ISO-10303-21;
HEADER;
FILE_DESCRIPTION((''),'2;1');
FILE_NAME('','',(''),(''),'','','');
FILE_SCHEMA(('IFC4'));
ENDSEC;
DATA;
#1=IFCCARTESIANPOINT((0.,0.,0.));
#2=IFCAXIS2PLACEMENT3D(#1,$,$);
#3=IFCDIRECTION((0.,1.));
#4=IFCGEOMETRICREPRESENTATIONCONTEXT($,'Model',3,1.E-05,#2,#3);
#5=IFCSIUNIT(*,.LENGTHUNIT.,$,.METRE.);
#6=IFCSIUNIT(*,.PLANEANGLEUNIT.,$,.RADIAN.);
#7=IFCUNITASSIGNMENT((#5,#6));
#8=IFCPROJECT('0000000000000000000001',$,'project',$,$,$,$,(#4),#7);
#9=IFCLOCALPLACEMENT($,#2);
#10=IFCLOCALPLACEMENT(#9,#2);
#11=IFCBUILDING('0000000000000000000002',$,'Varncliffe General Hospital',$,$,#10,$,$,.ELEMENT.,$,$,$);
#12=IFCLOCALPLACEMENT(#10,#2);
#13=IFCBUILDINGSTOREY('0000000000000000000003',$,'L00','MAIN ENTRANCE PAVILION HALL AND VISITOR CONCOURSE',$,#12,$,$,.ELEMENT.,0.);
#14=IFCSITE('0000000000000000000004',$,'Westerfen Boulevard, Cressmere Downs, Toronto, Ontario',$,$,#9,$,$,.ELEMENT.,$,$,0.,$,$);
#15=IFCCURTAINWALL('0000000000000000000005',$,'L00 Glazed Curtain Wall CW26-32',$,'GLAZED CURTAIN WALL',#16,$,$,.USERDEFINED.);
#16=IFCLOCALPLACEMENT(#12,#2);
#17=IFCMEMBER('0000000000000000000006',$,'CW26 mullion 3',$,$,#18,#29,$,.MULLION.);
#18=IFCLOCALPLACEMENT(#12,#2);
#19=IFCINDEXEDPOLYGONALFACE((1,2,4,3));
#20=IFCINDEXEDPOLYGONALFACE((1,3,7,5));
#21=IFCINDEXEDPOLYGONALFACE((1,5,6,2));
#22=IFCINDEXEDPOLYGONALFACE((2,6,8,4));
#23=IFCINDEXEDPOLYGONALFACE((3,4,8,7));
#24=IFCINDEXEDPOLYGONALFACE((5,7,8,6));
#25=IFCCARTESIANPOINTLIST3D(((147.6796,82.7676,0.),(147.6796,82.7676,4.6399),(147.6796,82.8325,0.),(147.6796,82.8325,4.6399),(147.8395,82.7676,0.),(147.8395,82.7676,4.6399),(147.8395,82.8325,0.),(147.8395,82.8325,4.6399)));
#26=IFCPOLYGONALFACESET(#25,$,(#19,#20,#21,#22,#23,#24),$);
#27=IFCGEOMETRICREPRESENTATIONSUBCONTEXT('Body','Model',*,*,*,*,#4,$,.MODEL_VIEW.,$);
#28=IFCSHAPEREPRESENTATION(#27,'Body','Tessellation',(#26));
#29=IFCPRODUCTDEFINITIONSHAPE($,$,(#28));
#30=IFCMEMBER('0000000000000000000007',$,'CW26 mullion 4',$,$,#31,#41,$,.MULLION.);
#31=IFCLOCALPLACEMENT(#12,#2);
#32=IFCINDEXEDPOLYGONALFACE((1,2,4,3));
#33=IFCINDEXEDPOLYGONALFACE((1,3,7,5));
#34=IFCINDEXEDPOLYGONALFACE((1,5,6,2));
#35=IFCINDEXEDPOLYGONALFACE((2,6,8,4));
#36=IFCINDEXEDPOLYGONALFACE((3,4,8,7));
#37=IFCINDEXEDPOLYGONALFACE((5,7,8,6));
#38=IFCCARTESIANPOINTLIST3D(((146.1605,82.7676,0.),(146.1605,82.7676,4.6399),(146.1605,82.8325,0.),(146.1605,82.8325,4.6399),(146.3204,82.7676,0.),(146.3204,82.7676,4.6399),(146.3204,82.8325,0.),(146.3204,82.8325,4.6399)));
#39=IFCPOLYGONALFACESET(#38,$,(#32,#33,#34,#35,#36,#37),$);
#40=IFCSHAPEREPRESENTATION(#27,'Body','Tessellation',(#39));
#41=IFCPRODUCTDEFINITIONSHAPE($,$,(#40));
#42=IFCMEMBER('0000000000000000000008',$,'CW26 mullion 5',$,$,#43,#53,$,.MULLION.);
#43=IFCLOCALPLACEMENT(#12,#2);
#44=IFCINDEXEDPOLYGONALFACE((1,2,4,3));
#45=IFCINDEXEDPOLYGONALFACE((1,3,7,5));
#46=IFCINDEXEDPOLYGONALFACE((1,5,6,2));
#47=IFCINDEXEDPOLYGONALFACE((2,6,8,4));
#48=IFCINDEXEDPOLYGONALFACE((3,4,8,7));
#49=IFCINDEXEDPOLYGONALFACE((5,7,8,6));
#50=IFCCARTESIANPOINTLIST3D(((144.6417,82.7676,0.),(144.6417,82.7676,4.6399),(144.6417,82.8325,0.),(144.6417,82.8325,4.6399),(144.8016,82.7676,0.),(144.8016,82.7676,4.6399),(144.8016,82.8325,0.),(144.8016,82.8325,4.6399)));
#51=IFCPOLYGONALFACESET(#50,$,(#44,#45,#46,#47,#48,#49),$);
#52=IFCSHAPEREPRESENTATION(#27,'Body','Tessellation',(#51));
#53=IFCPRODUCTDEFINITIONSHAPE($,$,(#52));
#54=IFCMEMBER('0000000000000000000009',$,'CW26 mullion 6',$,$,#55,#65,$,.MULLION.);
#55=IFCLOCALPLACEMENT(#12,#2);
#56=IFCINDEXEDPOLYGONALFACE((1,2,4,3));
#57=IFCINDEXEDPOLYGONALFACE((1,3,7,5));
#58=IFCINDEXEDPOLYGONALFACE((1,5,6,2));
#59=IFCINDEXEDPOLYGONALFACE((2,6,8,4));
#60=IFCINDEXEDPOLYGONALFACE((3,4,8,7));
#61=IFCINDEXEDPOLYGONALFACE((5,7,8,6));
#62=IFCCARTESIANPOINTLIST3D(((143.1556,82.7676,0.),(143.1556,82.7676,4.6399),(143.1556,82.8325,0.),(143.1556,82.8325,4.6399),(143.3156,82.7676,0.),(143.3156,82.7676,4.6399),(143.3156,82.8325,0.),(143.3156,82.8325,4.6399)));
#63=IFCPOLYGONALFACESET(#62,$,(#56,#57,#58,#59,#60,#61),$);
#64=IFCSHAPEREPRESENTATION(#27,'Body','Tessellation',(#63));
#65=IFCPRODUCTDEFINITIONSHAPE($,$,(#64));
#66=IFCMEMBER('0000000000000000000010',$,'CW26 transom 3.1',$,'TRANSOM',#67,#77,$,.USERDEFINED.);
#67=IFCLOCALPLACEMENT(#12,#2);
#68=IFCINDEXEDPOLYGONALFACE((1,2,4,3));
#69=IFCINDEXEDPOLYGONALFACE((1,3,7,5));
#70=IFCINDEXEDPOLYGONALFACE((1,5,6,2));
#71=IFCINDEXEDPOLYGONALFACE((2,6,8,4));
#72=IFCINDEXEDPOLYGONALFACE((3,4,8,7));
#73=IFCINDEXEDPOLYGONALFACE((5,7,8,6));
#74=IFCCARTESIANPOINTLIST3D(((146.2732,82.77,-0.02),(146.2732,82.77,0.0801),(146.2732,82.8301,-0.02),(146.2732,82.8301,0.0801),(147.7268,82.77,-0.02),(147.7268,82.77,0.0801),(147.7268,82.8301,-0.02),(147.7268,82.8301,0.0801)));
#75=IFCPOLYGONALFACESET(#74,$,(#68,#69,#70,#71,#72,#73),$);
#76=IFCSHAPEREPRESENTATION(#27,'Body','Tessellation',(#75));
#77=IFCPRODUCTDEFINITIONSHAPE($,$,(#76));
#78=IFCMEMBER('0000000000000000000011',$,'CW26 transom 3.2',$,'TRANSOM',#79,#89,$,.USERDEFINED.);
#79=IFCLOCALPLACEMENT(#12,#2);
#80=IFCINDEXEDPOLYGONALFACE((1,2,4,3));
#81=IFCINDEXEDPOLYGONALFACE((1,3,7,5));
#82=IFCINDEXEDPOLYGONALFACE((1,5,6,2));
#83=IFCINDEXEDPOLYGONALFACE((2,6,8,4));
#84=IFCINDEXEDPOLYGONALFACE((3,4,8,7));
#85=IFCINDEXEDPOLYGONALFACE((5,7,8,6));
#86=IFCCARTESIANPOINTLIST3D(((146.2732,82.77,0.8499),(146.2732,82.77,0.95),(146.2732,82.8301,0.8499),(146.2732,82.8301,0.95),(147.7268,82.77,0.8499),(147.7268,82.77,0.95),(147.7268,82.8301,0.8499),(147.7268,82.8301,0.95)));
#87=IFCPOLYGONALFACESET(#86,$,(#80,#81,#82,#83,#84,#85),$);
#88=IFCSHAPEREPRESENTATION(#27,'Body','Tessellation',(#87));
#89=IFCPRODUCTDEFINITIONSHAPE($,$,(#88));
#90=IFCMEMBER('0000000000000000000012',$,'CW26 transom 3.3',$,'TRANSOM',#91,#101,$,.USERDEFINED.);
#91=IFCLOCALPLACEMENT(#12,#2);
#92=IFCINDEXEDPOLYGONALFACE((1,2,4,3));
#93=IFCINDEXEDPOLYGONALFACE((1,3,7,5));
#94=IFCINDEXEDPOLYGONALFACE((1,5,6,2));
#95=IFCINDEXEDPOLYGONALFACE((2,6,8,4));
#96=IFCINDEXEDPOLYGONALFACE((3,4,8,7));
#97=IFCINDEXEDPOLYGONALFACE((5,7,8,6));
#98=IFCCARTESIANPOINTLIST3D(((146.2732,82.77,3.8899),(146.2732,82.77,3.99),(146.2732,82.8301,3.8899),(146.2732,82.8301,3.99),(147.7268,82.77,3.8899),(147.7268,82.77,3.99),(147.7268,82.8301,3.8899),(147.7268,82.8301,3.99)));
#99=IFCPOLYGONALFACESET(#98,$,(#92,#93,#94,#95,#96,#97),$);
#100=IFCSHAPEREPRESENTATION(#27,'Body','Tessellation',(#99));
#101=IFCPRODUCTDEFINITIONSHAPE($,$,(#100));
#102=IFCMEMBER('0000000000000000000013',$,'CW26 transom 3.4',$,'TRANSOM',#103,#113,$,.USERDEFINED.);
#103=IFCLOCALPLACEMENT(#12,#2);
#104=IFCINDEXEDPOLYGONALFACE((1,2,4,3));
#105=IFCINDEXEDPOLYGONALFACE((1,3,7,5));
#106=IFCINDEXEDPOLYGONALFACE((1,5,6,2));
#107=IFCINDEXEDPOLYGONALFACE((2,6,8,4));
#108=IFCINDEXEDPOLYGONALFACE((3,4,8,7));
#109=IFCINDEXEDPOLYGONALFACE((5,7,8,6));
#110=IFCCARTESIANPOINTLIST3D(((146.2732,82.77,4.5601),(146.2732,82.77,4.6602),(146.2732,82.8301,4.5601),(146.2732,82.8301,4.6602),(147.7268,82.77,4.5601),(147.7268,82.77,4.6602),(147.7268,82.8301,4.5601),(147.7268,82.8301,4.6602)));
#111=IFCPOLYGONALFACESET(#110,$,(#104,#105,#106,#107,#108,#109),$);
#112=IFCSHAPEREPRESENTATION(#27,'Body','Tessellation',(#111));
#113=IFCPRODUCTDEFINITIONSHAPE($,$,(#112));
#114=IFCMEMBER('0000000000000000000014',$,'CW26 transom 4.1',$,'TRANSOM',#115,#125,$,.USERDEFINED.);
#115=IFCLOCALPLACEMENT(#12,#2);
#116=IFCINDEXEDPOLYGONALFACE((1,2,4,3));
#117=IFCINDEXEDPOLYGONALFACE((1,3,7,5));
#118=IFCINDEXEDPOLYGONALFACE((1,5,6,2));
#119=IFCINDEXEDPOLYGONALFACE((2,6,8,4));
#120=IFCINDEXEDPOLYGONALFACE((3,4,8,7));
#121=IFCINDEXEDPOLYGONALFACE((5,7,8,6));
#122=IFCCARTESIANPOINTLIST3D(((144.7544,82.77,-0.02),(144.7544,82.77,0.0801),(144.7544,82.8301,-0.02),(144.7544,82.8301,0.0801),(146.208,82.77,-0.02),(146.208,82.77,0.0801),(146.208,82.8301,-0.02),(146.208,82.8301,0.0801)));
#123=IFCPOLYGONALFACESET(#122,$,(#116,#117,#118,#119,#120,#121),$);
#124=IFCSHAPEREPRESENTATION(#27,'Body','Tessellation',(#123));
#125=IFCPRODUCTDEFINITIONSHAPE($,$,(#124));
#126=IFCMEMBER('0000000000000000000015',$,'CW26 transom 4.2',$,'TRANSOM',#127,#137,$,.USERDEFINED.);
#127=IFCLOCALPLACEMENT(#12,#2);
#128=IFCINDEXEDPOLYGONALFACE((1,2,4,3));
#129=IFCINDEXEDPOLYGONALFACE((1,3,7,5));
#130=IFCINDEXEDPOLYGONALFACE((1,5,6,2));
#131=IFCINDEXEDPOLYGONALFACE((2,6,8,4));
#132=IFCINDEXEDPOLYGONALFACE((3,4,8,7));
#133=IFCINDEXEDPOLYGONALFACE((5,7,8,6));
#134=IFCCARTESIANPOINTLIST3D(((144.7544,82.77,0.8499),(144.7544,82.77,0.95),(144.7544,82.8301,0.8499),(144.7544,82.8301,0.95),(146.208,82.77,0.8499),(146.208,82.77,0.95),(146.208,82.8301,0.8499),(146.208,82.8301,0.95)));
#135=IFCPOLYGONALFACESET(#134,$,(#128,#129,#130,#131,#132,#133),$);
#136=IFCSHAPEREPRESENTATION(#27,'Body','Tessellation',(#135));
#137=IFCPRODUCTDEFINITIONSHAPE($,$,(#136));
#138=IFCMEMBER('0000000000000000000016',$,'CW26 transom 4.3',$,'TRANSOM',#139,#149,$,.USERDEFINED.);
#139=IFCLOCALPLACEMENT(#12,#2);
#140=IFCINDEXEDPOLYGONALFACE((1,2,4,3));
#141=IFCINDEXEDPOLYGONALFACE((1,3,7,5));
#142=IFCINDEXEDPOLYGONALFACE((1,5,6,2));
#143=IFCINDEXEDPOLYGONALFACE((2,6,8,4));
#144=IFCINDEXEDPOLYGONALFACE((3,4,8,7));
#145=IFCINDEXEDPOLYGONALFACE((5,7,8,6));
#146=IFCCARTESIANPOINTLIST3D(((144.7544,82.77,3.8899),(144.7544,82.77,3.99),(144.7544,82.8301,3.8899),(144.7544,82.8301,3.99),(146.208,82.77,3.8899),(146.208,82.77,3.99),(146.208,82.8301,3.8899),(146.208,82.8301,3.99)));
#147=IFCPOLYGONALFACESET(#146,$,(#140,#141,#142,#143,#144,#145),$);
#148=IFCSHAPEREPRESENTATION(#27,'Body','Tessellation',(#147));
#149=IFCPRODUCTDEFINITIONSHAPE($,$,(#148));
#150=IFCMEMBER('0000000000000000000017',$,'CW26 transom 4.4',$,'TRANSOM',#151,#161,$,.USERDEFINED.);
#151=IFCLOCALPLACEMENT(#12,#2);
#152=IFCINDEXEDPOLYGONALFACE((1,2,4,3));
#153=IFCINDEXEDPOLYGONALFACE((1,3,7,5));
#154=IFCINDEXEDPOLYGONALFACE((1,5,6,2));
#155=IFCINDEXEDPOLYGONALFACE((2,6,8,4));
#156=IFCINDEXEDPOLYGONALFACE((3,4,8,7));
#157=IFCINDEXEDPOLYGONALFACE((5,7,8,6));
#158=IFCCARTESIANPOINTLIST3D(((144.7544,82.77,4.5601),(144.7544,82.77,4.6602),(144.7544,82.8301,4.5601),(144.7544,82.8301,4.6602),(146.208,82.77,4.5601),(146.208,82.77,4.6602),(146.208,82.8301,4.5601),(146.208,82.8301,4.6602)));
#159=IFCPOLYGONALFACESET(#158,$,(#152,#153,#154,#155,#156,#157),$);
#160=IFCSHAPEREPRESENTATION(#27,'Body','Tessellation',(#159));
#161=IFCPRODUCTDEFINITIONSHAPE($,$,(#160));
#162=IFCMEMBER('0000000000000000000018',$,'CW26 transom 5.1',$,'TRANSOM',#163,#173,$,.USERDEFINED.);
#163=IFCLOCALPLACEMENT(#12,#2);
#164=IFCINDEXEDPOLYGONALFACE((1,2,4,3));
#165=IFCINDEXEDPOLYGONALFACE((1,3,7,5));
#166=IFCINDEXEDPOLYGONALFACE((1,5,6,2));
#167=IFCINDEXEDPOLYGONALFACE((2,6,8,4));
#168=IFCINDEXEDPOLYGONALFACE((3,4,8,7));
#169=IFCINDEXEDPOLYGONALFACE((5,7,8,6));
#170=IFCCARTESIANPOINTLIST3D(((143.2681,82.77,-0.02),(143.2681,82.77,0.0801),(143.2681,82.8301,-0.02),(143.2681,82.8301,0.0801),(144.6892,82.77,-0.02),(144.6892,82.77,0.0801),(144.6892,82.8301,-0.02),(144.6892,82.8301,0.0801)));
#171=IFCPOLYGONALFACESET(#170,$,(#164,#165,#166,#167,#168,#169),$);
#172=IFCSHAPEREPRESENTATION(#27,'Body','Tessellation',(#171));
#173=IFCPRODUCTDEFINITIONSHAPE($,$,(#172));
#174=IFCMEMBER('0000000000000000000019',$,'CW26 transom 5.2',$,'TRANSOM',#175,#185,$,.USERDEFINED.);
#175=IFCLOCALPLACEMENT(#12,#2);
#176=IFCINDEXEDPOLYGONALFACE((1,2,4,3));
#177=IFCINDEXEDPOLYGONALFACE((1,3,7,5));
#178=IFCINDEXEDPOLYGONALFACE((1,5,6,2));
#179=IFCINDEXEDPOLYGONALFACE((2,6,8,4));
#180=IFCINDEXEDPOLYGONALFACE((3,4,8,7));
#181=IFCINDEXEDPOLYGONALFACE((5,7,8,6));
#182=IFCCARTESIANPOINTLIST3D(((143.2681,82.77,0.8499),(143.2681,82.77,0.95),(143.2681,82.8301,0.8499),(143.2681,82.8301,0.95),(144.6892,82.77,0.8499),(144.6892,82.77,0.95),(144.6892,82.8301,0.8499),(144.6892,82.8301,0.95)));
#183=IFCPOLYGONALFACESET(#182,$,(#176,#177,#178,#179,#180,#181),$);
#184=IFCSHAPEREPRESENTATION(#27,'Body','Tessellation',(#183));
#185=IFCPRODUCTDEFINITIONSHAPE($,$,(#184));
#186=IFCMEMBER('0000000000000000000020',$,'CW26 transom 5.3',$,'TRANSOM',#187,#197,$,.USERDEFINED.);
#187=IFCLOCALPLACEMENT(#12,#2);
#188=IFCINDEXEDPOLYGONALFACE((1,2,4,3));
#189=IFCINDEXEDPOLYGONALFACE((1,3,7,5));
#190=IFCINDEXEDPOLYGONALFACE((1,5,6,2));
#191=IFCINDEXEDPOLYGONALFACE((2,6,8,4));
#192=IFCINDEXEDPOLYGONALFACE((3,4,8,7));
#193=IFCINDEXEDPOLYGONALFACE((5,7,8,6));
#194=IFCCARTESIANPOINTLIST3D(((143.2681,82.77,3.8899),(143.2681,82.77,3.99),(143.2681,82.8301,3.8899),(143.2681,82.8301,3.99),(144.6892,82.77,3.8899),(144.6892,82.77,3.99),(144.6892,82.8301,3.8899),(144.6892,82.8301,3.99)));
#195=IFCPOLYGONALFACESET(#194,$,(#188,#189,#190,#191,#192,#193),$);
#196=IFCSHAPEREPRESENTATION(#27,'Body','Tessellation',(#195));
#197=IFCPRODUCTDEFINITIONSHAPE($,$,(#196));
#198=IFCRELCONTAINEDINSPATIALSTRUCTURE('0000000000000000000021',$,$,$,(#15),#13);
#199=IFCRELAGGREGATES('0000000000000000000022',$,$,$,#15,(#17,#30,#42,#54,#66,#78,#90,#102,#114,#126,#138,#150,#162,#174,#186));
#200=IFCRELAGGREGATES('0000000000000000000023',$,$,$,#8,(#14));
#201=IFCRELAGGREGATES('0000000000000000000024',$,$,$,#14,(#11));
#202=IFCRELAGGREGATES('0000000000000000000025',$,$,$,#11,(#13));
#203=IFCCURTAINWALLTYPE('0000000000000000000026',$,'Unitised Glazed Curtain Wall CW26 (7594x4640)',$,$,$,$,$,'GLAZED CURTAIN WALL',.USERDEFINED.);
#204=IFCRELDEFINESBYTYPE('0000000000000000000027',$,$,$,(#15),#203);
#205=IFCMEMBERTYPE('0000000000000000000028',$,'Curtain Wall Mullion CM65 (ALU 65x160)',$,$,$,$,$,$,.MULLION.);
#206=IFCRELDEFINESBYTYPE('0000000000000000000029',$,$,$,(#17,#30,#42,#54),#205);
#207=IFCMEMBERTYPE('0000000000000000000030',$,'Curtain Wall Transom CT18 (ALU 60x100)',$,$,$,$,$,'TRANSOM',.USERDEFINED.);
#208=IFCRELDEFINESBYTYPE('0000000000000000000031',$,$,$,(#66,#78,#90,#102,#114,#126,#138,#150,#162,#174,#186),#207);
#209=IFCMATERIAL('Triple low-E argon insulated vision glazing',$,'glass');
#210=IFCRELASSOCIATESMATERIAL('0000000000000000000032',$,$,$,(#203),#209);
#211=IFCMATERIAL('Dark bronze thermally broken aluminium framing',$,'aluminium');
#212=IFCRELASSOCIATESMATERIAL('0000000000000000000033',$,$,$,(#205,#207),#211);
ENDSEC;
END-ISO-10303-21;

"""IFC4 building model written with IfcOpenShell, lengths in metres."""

from ifc_helpers import new_model, si_unit, direction, frame, origin, origin_2d, place, context, subcontext, project, spatial, rectangle, extrude, material, material_profile, profile_set, type_object, element, aggregate, save


model = new_model("IFC4")

# Units and contexts
model_context = context("Model", 3, precision=1e-05, world=origin(), true_north=direction((0.0, 1.0)))
body_context = subcontext(model_context, "Body", "Model", "MODEL_VIEW")
ifc_project = project(units=[si_unit("LENGTHUNIT", "METRE"), si_unit("PLANEANGLEUNIT", "RADIAN")], contexts=[model_context])

# Site, building, storey
site_placement = place(None, origin())
site = spatial("IfcSite", under=ifc_project, at=site_placement, Name="Westerfen Boulevard, Cressmere Downs, Toronto, Ontario", CompositionType="ELEMENT", RefElevation=0.0)
building_placement = place(site_placement, origin())
building = spatial("IfcBuilding", under=site, at=building_placement, Name="Varncliffe General Hospital", CompositionType="ELEMENT")
storey_placement = place(building_placement, origin())
storey = spatial("IfcBuildingStorey", under=building, at=storey_placement, Name="L00", Description="MAIN ENTRANCE PAVILION HALL AND VISITOR CONCOURSE", CompositionType="ELEMENT", Elevation=0.0)

# Curtain wall, members
ifc_material_1 = material(Name="Triple low-E argon insulated vision glazing", Category="glass")
curtain_wall_type = type_object("IfcCurtainWallType", Name="Unitised Glazed Curtain Wall CW26 (7594x4640)", ElementType="GLAZED CURTAIN WALL", PredefinedType="USERDEFINED", material=ifc_material_1)
curtain_wall_placement = place(storey_placement, origin())
curtain_wall = element("IfcCurtainWall", 1, at=curtain_wall_placement, inside=storey, type_object=curtain_wall_type, Name="L00 Glazed Curtain Wall CW26-32", ObjectType="GLAZED CURTAIN WALL", PredefinedType="USERDEFINED")
ifc_material_2 = material(Name="Dark bronze thermally broken aluminium framing", Category="aluminium")
ifc_material_profile_1 = material_profile(ifc_material_2, rectangle(XDim=0.0649, YDim=0.1599, at=origin_2d()), Name="ALU 65x160")
ifc_profile_set_1 = profile_set([ifc_material_profile_1], Name="Dark bronze thermally broken aluminium framing")
member_type_1 = type_object("IfcMemberType", Name="Curtain Wall Mullion CM65 (ALU 65x160)", PredefinedType="MULLION", material=ifc_profile_set_1)
member_1_placement = place(storey_placement, frame((147.7595, 82.8, 0.0), z_axis=(0.0, 0.0, 1.0), x_axis=(0.0, -1.0, 0.0)))
member_1 = element("IfcMember", 2, at=member_1_placement, type_object=member_type_1, Name="CW26 mullion 3", PredefinedType="MULLION", context=body_context, shape_type="SweptSolid", body=[
    extrude(rectangle(XDim=0.0649, YDim=0.1599, at=origin_2d()), origin(), (0.0, 0.0, 1.0), 4.6399),
])
member_2_placement = place(storey_placement, frame((146.2405, 82.8, 0.0), z_axis=(0.0, 0.0, 1.0), x_axis=(0.0, -1.0, 0.0)))
member_2 = element("IfcMember", 3, at=member_2_placement, type_object=member_type_1, Name="CW26 mullion 4", PredefinedType="MULLION", context=body_context, shape_type="SweptSolid", body=[
    extrude(rectangle(XDim=0.0649, YDim=0.1599, at=origin_2d()), origin(), (0.0, 0.0, 1.0), 4.6399),
])
member_3_placement = place(storey_placement, frame((144.7217, 82.8, 0.0), z_axis=(0.0, 0.0, 1.0), x_axis=(0.0, -1.0, 0.0)))
member_3 = element("IfcMember", 4, at=member_3_placement, type_object=member_type_1, Name="CW26 mullion 5", PredefinedType="MULLION", context=body_context, shape_type="SweptSolid", body=[
    extrude(rectangle(XDim=0.0649, YDim=0.1599, at=origin_2d()), origin(), (0.0, 0.0, 1.0), 4.6399),
])
member_4_placement = place(storey_placement, frame((143.2356, 82.8, 0.0), z_axis=(0.0, 0.0, 1.0), x_axis=(0.0, -1.0, 0.0)))
member_4 = element("IfcMember", 5, at=member_4_placement, type_object=member_type_1, Name="CW26 mullion 6", PredefinedType="MULLION", context=body_context, shape_type="SweptSolid", body=[
    extrude(rectangle(XDim=0.0649, YDim=0.1599, at=origin_2d()), origin(), (0.0, 0.0, 1.0), 4.6399),
])
ifc_material_profile_2 = material_profile(ifc_material_2, rectangle(XDim=0.0601, YDim=0.1001, at=origin_2d()), Name="ALU 60x100")
ifc_profile_set_2 = profile_set([ifc_material_profile_2], Name="Dark bronze thermally broken aluminium framing")
member_type_2 = type_object("IfcMemberType", Name="Curtain Wall Transom CT18 (ALU 60x100)", ElementType="TRANSOM", PredefinedType="USERDEFINED", material=ifc_profile_set_2)
member_5_placement = place(storey_placement, frame((147.7268, 82.8, 0.03), z_axis=(-1.0, 0.0, 0.0), x_axis=(0.0, -1.0, 0.0)))
member_5 = element("IfcMember", 6, at=member_5_placement, type_object=member_type_2, Name="CW26 transom 3.1", ObjectType="TRANSOM", PredefinedType="USERDEFINED", context=body_context, shape_type="SweptSolid", body=[
    extrude(rectangle(XDim=0.0601, YDim=0.1001, at=origin_2d()), origin(), (0.0, 0.0, 1.0), 1.4536),
])
member_6_placement = place(storey_placement, frame((147.7268, 82.8, 0.8999), z_axis=(-1.0, 0.0, 0.0), x_axis=(0.0, -1.0, 0.0)))
member_6 = element("IfcMember", 7, at=member_6_placement, type_object=member_type_2, Name="CW26 transom 3.2", ObjectType="TRANSOM", PredefinedType="USERDEFINED", context=body_context, shape_type="SweptSolid", body=[
    extrude(rectangle(XDim=0.0601, YDim=0.1001, at=origin_2d()), origin(), (0.0, 0.0, 1.0), 1.4536),
])
member_7_placement = place(storey_placement, frame((147.7268, 82.8, 3.9399), z_axis=(-1.0, 0.0, 0.0), x_axis=(0.0, -1.0, 0.0)))
member_7 = element("IfcMember", 8, at=member_7_placement, type_object=member_type_2, Name="CW26 transom 3.3", ObjectType="TRANSOM", PredefinedType="USERDEFINED", context=body_context, shape_type="SweptSolid", body=[
    extrude(rectangle(XDim=0.0601, YDim=0.1001, at=origin_2d()), origin(), (0.0, 0.0, 1.0), 1.4536),
])
member_8_placement = place(storey_placement, frame((147.7268, 82.8, 4.6101), z_axis=(-1.0, 0.0, 0.0), x_axis=(0.0, -1.0, 0.0)))
member_8 = element("IfcMember", 9, at=member_8_placement, type_object=member_type_2, Name="CW26 transom 3.4", ObjectType="TRANSOM", PredefinedType="USERDEFINED", context=body_context, shape_type="SweptSolid", body=[
    extrude(rectangle(XDim=0.0601, YDim=0.1001, at=origin_2d()), origin(), (0.0, 0.0, 1.0), 1.4536),
])
member_9_placement = place(storey_placement, frame((146.208, 82.8, 0.03), z_axis=(-1.0, 0.0, 0.0), x_axis=(0.0, -1.0, 0.0)))
member_9 = element("IfcMember", 10, at=member_9_placement, type_object=member_type_2, Name="CW26 transom 4.1", ObjectType="TRANSOM", PredefinedType="USERDEFINED", context=body_context, shape_type="SweptSolid", body=[
    extrude(rectangle(XDim=0.0601, YDim=0.1001, at=origin_2d()), origin(), (0.0, 0.0, 1.0), 1.4536),
])
member_10_placement = place(storey_placement, frame((146.208, 82.8, 0.8999), z_axis=(-1.0, 0.0, 0.0), x_axis=(0.0, -1.0, 0.0)))
member_10 = element("IfcMember", 11, at=member_10_placement, type_object=member_type_2, Name="CW26 transom 4.2", ObjectType="TRANSOM", PredefinedType="USERDEFINED", context=body_context, shape_type="SweptSolid", body=[
    extrude(rectangle(XDim=0.0601, YDim=0.1001, at=origin_2d()), origin(), (0.0, 0.0, 1.0), 1.4536),
])
member_11_placement = place(storey_placement, frame((146.208, 82.8, 3.9399), z_axis=(-1.0, 0.0, 0.0), x_axis=(0.0, -1.0, 0.0)))
member_11 = element("IfcMember", 12, at=member_11_placement, type_object=member_type_2, Name="CW26 transom 4.3", ObjectType="TRANSOM", PredefinedType="USERDEFINED", context=body_context, shape_type="SweptSolid", body=[
    extrude(rectangle(XDim=0.0601, YDim=0.1001, at=origin_2d()), origin(), (0.0, 0.0, 1.0), 1.4536),
])
member_12_placement = place(storey_placement, frame((146.208, 82.8, 4.6101), z_axis=(-1.0, 0.0, 0.0), x_axis=(0.0, -1.0, 0.0)))
member_12 = element("IfcMember", 13, at=member_12_placement, type_object=member_type_2, Name="CW26 transom 4.4", ObjectType="TRANSOM", PredefinedType="USERDEFINED", context=body_context, shape_type="SweptSolid", body=[
    extrude(rectangle(XDim=0.0601, YDim=0.1001, at=origin_2d()), origin(), (0.0, 0.0, 1.0), 1.4536),
])
member_13_placement = place(storey_placement, frame((144.6892, 82.8, 0.03), z_axis=(-1.0, 0.0, 0.0), x_axis=(0.0, -1.0, 0.0)))
member_13 = element("IfcMember", 14, at=member_13_placement, type_object=member_type_2, Name="CW26 transom 5.1", ObjectType="TRANSOM", PredefinedType="USERDEFINED", context=body_context, shape_type="SweptSolid", body=[
    extrude(rectangle(XDim=0.0601, YDim=0.1001, at=origin_2d()), origin(), (0.0, 0.0, 1.0), 1.4211),
])
member_14_placement = place(storey_placement, frame((144.6892, 82.8, 0.8999), z_axis=(-1.0, 0.0, 0.0), x_axis=(0.0, -1.0, 0.0)))
member_14 = element("IfcMember", 15, at=member_14_placement, type_object=member_type_2, Name="CW26 transom 5.2", ObjectType="TRANSOM", PredefinedType="USERDEFINED", context=body_context, shape_type="SweptSolid", body=[
    extrude(rectangle(XDim=0.0601, YDim=0.1001, at=origin_2d()), origin(), (0.0, 0.0, 1.0), 1.4211),
])
member_15_placement = place(storey_placement, frame((144.6892, 82.8, 3.9399), z_axis=(-1.0, 0.0, 0.0), x_axis=(0.0, -1.0, 0.0)))
member_15 = element("IfcMember", 16, at=member_15_placement, type_object=member_type_2, Name="CW26 transom 5.3", ObjectType="TRANSOM", PredefinedType="USERDEFINED", context=body_context, shape_type="SweptSolid", body=[
    extrude(rectangle(XDim=0.0601, YDim=0.1001, at=origin_2d()), origin(), (0.0, 0.0, 1.0), 1.4211),
])
aggregate(curtain_wall, [member_1, member_2, member_3, member_4, member_5, member_6, member_7, member_8, member_9, member_10, member_11, member_12, member_13, member_14, member_15])

save(model, "model.ifc")
